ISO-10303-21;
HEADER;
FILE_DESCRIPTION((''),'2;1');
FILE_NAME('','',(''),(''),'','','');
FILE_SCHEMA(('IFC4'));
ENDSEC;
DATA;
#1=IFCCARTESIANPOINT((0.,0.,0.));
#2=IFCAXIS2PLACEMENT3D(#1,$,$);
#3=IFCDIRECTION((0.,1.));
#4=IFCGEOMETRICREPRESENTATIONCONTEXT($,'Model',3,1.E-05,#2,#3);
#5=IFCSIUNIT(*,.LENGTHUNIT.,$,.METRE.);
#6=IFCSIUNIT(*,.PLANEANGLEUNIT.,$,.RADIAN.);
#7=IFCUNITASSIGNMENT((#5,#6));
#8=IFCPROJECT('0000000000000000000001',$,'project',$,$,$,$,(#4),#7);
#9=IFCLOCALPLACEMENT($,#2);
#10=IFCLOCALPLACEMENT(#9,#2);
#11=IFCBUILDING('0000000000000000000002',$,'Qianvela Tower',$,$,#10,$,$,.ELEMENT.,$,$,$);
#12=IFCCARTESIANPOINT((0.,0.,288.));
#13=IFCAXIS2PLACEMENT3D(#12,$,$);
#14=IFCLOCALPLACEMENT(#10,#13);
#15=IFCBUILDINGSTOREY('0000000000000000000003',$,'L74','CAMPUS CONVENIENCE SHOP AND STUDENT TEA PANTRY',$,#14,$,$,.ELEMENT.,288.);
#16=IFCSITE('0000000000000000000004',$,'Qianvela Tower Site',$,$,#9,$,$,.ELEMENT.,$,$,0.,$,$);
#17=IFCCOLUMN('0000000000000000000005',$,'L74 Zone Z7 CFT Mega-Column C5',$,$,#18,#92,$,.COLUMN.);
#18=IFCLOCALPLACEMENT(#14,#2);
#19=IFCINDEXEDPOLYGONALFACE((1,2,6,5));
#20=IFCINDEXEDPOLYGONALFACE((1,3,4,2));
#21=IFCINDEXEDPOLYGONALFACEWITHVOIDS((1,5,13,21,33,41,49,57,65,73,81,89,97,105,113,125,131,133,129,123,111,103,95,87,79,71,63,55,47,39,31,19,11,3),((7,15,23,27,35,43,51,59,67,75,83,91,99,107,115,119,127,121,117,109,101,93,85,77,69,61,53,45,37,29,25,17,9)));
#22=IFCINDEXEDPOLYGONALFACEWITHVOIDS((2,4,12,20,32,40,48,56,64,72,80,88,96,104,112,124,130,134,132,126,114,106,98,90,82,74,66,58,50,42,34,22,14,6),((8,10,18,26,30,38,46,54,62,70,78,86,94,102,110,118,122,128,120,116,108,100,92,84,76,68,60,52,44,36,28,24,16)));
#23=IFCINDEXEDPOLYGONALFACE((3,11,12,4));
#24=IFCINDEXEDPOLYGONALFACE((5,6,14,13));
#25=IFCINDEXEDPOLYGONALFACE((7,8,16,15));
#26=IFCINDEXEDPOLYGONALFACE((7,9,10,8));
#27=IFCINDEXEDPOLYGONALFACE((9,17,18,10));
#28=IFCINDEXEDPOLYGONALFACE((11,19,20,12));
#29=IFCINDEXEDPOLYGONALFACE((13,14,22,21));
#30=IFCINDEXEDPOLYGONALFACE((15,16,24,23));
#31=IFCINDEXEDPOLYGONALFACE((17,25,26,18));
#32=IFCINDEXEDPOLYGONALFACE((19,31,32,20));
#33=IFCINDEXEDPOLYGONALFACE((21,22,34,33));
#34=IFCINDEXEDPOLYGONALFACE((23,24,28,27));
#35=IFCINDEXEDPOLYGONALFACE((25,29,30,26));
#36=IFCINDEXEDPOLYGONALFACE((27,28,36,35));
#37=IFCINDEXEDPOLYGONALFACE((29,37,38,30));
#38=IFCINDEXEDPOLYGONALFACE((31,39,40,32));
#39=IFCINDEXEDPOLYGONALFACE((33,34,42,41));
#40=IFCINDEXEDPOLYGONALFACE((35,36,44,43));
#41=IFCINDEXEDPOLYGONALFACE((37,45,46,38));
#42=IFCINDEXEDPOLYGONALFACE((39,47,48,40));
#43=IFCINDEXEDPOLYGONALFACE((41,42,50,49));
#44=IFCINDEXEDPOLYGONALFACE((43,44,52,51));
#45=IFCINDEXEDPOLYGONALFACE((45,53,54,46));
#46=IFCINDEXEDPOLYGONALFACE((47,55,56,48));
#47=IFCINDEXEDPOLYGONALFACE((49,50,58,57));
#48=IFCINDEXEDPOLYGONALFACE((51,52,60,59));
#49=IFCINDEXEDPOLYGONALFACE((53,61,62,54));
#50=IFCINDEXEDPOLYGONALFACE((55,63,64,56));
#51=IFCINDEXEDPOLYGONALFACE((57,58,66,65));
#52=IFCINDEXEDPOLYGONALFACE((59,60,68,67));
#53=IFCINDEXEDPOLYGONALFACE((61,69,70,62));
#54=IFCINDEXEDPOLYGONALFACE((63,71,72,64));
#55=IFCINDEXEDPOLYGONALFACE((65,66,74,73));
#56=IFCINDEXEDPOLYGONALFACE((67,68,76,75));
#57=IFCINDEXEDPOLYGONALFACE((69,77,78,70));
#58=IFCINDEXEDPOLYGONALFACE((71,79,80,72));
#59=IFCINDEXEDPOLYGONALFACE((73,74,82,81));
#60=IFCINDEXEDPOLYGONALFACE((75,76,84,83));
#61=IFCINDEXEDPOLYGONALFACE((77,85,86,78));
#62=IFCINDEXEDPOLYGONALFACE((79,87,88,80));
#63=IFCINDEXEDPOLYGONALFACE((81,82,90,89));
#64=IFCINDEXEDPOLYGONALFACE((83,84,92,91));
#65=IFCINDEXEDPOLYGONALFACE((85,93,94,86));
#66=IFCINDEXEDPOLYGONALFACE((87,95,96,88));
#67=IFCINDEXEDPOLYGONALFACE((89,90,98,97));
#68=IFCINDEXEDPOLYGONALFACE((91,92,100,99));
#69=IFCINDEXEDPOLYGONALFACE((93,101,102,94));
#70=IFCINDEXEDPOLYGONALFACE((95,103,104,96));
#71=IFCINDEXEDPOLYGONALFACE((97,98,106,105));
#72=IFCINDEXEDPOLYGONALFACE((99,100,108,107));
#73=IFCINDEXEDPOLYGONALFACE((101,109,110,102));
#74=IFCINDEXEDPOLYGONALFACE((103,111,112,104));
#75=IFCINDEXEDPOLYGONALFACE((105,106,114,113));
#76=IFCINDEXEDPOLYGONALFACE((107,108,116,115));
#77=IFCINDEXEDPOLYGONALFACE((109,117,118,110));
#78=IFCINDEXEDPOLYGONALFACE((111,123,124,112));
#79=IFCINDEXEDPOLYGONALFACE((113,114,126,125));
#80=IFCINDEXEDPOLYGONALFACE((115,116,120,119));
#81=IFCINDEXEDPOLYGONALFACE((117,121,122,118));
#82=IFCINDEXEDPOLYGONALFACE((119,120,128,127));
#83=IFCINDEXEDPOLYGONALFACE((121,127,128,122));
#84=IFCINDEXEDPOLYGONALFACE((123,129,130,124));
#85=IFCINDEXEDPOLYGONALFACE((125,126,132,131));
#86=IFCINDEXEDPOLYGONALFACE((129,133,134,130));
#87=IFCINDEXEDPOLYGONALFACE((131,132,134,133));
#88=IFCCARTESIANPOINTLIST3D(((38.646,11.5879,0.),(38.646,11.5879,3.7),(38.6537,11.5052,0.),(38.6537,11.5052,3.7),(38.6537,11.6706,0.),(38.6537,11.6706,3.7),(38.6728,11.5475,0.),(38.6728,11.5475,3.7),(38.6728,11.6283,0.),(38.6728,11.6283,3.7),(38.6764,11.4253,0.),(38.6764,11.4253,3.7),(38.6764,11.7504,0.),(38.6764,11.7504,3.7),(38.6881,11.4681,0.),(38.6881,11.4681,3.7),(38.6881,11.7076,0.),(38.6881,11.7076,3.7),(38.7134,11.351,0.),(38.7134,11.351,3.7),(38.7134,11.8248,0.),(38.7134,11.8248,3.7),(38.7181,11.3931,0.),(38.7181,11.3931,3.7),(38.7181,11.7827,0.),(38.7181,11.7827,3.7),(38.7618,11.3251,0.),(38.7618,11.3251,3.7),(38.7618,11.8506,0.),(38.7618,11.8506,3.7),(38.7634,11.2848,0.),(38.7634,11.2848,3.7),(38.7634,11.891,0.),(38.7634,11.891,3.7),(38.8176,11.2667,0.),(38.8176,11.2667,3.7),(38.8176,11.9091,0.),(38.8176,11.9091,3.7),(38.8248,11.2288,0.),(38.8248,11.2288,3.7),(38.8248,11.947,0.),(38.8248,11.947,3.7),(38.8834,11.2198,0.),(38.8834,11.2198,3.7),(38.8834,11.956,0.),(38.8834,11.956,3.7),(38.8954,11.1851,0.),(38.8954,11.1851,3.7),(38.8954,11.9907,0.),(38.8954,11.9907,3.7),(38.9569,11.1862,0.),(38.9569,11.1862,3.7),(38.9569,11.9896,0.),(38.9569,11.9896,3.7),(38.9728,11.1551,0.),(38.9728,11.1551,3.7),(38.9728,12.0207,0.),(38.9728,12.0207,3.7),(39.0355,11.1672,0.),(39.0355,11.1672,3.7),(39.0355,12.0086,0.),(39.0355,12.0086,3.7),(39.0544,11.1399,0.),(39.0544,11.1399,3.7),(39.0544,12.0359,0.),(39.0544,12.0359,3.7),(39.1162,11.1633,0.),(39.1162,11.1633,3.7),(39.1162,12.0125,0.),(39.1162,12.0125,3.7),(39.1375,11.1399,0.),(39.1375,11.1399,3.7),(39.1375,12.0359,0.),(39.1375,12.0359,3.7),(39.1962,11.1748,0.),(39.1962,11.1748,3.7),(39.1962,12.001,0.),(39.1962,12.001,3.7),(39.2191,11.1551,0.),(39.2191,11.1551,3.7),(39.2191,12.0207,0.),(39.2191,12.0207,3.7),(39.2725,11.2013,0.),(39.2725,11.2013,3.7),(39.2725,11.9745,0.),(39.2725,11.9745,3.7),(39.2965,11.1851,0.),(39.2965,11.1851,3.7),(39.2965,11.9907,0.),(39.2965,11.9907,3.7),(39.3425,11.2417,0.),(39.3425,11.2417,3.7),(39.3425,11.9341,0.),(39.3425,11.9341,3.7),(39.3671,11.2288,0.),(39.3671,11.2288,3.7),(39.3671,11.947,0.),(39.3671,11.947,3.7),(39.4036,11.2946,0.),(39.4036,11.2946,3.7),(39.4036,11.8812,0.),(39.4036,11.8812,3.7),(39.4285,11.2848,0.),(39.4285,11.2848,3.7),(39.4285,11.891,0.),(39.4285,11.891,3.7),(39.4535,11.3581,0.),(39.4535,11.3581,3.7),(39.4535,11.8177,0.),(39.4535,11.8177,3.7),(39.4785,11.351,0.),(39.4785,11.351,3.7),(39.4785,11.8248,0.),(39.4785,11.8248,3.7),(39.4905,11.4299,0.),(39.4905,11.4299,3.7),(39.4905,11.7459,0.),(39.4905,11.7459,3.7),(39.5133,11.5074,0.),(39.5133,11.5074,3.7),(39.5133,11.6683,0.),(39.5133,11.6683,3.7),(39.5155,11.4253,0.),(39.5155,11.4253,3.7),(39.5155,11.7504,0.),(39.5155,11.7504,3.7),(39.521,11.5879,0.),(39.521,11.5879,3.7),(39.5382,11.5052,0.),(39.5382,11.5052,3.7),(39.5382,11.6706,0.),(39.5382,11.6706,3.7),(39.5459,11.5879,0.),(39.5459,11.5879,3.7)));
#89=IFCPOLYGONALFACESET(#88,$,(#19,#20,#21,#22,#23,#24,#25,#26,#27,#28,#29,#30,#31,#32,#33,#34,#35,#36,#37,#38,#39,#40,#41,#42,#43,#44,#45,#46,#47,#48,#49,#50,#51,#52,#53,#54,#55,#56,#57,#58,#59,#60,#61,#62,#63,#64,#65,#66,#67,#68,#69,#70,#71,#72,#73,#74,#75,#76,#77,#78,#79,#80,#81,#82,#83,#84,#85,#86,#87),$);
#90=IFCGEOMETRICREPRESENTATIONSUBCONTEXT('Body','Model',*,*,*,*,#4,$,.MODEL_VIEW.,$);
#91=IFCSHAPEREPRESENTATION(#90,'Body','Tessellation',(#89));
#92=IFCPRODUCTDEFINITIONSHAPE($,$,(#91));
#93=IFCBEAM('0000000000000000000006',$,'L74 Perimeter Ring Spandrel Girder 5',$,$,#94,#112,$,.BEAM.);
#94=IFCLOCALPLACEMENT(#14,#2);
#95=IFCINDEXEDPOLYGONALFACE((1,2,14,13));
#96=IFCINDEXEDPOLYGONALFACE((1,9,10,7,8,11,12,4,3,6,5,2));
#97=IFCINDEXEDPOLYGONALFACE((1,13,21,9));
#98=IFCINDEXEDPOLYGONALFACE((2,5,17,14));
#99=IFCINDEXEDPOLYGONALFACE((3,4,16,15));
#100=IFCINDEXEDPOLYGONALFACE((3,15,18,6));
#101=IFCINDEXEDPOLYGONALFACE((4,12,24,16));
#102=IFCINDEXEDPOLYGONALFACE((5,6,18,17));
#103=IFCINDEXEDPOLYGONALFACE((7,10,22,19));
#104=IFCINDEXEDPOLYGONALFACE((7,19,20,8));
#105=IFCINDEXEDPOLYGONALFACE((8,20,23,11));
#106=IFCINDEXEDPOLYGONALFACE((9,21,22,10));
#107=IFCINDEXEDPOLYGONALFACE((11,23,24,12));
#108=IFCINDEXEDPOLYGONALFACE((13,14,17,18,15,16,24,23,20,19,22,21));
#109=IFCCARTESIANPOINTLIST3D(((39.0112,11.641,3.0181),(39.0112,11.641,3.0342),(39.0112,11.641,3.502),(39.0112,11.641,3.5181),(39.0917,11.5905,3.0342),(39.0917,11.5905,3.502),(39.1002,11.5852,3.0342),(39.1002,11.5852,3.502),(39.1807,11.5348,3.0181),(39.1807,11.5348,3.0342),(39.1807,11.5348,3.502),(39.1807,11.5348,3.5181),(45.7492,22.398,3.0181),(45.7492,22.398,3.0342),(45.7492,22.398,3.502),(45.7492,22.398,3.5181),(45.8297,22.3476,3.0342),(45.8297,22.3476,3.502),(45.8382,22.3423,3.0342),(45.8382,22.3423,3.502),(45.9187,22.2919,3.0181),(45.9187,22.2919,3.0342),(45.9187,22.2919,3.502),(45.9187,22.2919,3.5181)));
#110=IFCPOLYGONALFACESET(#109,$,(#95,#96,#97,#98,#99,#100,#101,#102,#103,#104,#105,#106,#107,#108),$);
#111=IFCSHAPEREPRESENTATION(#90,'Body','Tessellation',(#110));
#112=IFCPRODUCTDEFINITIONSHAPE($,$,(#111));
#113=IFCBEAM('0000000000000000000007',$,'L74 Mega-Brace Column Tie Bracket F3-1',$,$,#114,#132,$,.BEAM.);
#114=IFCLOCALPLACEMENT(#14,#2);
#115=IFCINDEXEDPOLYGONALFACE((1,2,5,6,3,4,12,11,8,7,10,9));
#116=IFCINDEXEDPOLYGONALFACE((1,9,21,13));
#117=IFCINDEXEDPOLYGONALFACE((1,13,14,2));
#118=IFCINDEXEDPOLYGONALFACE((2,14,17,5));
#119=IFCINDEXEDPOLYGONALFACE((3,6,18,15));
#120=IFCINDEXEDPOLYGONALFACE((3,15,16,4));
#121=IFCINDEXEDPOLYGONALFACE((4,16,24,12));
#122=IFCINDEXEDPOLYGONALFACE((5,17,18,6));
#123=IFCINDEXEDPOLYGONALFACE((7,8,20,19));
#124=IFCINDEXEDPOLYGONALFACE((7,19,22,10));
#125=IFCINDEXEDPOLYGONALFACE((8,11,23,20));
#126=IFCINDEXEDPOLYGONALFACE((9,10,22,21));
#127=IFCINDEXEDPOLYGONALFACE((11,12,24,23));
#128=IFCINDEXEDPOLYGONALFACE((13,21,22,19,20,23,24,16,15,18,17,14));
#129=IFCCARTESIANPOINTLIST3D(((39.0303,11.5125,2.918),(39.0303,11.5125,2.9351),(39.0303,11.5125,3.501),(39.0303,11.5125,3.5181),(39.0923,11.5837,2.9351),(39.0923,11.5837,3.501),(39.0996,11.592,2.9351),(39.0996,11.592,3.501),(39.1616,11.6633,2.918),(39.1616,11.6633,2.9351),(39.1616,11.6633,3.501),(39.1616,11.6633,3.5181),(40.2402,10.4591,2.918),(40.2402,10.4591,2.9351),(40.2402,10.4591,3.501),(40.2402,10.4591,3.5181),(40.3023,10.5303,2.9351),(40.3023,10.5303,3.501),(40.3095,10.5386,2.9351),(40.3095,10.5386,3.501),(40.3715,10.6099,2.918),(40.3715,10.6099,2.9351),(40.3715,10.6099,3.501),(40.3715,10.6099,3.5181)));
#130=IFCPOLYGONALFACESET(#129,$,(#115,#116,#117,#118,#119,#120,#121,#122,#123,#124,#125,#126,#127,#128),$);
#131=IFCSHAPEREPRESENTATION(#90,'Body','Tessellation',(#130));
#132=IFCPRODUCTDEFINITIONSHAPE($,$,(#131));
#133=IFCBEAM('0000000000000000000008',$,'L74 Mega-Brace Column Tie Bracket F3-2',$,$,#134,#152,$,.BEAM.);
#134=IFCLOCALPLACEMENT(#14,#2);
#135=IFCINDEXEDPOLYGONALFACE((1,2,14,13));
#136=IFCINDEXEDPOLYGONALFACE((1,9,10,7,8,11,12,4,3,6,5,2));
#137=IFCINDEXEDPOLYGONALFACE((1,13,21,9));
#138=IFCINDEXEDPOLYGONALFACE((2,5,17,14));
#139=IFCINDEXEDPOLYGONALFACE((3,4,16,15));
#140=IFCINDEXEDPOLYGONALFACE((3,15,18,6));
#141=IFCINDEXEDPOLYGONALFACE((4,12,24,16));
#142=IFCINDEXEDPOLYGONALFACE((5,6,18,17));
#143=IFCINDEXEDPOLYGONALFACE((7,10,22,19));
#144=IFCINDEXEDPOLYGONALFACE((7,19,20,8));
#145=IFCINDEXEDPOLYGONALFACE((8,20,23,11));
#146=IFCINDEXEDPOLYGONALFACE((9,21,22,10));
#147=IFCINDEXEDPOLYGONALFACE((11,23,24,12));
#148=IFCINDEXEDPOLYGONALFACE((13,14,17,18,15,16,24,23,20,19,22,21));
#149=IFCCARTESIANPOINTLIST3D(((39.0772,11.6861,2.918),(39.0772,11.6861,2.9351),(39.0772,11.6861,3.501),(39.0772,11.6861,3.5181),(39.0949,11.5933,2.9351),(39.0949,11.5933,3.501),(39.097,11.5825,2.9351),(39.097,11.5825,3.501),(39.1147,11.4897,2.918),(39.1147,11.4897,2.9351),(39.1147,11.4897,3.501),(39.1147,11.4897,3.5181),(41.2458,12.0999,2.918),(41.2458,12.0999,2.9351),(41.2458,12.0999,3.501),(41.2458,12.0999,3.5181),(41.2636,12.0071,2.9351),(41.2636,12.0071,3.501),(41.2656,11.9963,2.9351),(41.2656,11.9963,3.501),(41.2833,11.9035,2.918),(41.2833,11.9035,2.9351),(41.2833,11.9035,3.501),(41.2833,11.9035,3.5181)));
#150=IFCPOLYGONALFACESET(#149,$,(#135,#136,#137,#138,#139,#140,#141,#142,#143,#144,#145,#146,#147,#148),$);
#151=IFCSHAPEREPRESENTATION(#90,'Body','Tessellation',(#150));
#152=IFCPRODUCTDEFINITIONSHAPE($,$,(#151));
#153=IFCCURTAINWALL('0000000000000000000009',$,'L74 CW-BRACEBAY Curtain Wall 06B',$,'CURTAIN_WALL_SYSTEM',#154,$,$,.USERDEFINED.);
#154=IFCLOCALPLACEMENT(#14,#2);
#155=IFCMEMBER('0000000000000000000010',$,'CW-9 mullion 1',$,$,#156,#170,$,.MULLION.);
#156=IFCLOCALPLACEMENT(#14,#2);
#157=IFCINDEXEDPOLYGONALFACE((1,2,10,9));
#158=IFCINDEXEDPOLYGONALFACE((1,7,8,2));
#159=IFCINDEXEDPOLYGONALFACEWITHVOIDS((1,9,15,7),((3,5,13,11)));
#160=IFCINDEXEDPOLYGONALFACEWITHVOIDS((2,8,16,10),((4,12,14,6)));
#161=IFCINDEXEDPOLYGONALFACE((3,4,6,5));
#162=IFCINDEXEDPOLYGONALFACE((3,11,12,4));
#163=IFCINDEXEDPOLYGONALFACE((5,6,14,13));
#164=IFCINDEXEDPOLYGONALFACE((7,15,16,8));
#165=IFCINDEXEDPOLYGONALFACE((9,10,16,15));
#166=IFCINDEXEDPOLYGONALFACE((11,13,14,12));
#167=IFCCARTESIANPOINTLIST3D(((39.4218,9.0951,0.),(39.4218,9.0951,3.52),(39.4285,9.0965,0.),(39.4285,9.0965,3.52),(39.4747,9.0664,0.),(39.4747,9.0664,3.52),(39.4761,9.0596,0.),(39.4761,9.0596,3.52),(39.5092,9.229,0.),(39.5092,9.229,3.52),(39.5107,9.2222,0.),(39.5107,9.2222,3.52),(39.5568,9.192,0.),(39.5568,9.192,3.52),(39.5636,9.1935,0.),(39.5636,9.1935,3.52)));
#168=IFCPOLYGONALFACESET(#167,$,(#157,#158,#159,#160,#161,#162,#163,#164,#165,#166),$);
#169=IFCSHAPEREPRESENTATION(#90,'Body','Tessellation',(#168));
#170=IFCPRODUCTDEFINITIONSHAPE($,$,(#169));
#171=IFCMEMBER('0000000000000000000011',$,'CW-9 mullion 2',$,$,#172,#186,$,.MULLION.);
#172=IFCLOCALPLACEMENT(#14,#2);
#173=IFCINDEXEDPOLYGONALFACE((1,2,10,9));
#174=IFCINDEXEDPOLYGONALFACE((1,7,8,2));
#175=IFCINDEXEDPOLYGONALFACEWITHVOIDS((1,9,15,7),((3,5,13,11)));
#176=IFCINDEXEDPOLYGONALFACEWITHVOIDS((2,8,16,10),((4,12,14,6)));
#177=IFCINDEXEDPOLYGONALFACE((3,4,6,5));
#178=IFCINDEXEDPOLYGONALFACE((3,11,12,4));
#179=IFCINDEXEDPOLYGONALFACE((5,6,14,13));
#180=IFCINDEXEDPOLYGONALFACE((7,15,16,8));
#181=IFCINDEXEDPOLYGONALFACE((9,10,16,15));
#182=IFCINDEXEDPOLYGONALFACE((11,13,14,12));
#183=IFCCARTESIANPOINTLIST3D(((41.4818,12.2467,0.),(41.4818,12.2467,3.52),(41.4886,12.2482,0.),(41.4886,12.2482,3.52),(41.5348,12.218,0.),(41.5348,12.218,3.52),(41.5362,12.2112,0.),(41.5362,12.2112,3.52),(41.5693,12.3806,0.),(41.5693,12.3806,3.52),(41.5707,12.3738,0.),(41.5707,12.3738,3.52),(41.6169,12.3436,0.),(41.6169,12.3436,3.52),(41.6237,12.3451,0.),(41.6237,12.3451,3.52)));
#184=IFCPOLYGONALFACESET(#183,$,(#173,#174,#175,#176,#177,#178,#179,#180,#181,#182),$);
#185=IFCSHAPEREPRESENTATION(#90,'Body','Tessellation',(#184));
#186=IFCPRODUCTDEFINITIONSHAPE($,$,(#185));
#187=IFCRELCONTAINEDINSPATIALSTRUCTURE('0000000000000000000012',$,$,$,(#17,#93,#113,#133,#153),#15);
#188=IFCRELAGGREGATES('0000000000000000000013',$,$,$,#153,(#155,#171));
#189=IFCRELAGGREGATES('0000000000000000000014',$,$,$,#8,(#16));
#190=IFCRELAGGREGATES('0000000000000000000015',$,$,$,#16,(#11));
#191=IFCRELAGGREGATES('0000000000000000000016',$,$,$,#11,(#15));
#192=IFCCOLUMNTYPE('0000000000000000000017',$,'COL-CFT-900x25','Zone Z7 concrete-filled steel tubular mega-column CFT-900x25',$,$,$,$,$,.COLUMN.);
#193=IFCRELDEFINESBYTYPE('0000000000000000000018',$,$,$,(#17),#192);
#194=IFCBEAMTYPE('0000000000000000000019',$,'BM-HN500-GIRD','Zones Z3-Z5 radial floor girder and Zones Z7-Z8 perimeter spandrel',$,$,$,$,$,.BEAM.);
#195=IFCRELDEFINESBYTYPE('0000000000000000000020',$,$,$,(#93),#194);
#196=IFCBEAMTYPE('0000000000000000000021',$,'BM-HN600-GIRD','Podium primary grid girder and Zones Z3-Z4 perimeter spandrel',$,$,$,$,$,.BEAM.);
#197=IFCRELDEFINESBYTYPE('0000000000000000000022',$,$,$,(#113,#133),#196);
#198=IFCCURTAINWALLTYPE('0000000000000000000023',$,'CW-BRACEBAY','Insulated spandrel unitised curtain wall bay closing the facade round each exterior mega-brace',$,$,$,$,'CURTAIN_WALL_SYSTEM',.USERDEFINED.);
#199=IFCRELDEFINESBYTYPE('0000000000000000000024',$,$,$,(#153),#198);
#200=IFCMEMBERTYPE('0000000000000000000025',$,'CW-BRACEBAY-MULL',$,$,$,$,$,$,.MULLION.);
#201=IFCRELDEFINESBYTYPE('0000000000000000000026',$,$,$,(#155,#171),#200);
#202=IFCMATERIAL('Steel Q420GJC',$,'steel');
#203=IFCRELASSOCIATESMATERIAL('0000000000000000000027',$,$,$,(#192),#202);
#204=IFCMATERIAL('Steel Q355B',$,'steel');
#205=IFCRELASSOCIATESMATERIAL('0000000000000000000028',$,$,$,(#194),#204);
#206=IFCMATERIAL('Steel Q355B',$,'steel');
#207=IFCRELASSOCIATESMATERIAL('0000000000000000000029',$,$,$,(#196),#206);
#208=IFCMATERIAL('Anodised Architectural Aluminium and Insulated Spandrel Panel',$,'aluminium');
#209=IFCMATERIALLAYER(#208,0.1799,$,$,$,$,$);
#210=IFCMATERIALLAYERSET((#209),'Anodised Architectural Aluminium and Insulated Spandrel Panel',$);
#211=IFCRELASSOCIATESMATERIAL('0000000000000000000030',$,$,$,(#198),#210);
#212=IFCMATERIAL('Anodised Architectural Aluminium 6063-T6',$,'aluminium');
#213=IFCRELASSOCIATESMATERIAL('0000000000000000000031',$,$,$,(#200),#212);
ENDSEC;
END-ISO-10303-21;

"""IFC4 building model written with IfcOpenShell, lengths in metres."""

from ifc_helpers import new_model, si_unit, direction, frame, origin, origin_2d, place, context, subcontext, project, spatial, hollow_rectangle, hollow_circle, i_section, extrude, material, layer, layer_set, material_profile, profile_set, type_object, element, aggregate, save


model = new_model("IFC4")

# Units and contexts
model_context = context("Model", 3, precision=1e-05, world=origin(), true_north=direction((0.0, 1.0)))
body_context = subcontext(model_context, "Body", "Model", "MODEL_VIEW")
ifc_project = project(units=[si_unit("LENGTHUNIT", "METRE"), si_unit("PLANEANGLEUNIT", "RADIAN")], contexts=[model_context])

# Site, building, storey
site_placement = place(None, origin())
site = spatial("IfcSite", under=ifc_project, at=site_placement, Name="Qianvela Tower Site", CompositionType="ELEMENT", RefElevation=0.0)
building_placement = place(site_placement, origin())
building = spatial("IfcBuilding", under=site, at=building_placement, Name="Qianvela Tower", CompositionType="ELEMENT")
storey_placement = place(building_placement, frame((0.0, 0.0, 288.0)))
storey = spatial("IfcBuildingStorey", under=building, at=storey_placement, Name="L74", Description="CAMPUS CONVENIENCE SHOP AND STUDENT TEA PANTRY", CompositionType="ELEMENT", Elevation=288.0)

# Column
ifc_material_1 = material(Name="Steel Q420GJC", Category="steel")
ifc_material_profile_1 = material_profile(ifc_material_1, hollow_circle(Radius=0.45, WallThickness=0.0249, at=origin_2d()), Name="CFT-900x25")
ifc_profile_set_1 = profile_set([ifc_material_profile_1], Name="Steel Q420GJC")
column_type = type_object("IfcColumnType", Name="COL-CFT-900x25", Description="Zone Z7 concrete-filled steel tubular mega-column CFT-900x25", PredefinedType="COLUMN", material=ifc_profile_set_1)
column_placement = place(storey_placement, frame((39.0959, 11.5879, 0.0), z_axis=(0.0, 0.0, 1.0), x_axis=(1.0, 0.0, 0.0)))
element("IfcColumn", 1, at=column_placement, inside=storey, type_object=column_type, Name="L74 Zone Z7 CFT Mega-Column C5", PredefinedType="COLUMN", context=body_context, shape_type="SweptSolid", body=[
    extrude(hollow_circle(Radius=0.45, WallThickness=0.0249, at=origin_2d()), origin(), (0.0, 0.0, 1.0), 3.7),
])

# Beams
ifc_material_2 = material(Name="Steel Q355B", Category="steel")
ifc_material_profile_2 = material_profile(ifc_material_2, i_section(OverallWidth=0.2, OverallDepth=0.5, WebThickness=0.01, FlangeThickness=0.0161, at=origin_2d()), Name="HN500x200x10x16")
ifc_profile_set_2 = profile_set([ifc_material_profile_2], Name="Steel Q355B")
beam_type_1 = type_object("IfcBeamType", Name="BM-HN500-GIRD", Description="Zones Z3-Z5 radial floor girder and Zones Z7-Z8 perimeter spandrel", PredefinedType="BEAM", material=ifc_profile_set_2)
beam_1_placement = place(storey_placement, frame((39.0959, 11.5879, 3.2681), z_axis=(0.530841, 0.847472, 0.0), x_axis=(-0.847472, 0.530841, 0.0)))
element("IfcBeam", 2, at=beam_1_placement, inside=storey, type_object=beam_type_1, Name="L74 Perimeter Ring Spandrel Girder 5", PredefinedType="BEAM", context=body_context, shape_type="SweptSolid", body=[
    extrude(i_section(OverallWidth=0.2, OverallDepth=0.5, WebThickness=0.01, FlangeThickness=0.0161, at=origin_2d()), origin(), (0.0, 0.0, 1.0), 12.6931),
])
ifc_material_3 = material(Name="Steel Q355B", Category="steel")
ifc_material_profile_3 = material_profile(ifc_material_3, i_section(OverallWidth=0.2, OverallDepth=0.6001, WebThickness=0.011, FlangeThickness=0.0171, at=origin_2d()), Name="HN600x200x11x17")
ifc_profile_set_3 = profile_set([ifc_material_profile_3], Name="Steel Q355B")
beam_type_2 = type_object("IfcBeamType", Name="BM-HN600-GIRD", Description="Podium primary grid girder and Zones Z3-Z4 perimeter spandrel", PredefinedType="BEAM", material=ifc_profile_set_3)
beam_2_placement = place(storey_placement, frame((39.0959, 11.5879, 3.218), z_axis=(0.754196, -0.65665, 0.0), x_axis=(0.65665, 0.754196, 0.0)))
element("IfcBeam", 3, at=beam_2_placement, inside=storey, type_object=beam_type_2, Name="L74 Mega-Brace Column Tie Bracket F3-1", PredefinedType="BEAM", context=body_context, shape_type="SweptSolid", body=[
    extrude(i_section(OverallWidth=0.2, OverallDepth=0.6001, WebThickness=0.011, FlangeThickness=0.0171, at=origin_2d()), origin(), (0.0, 0.0, 1.0), 1.6042),
])
beam_3_placement = place(storey_placement, frame((39.0959, 11.5879, 3.218), z_axis=(0.982278, 0.187432, 0.0), x_axis=(-0.187432, 0.982278, 0.0)))
element("IfcBeam", 4, at=beam_3_placement, inside=storey, type_object=beam_type_2, Name="L74 Mega-Brace Column Tie Bracket F3-2", PredefinedType="BEAM", context=body_context, shape_type="SweptSolid", body=[
    extrude(i_section(OverallWidth=0.2, OverallDepth=0.6001, WebThickness=0.011, FlangeThickness=0.0171, at=origin_2d()), origin(), (0.0, 0.0, 1.0), 2.2078),
])

# Curtain wall, members
ifc_material_4 = material(Name="Anodised Architectural Aluminium and Insulated Spandrel Panel", Category="aluminium")
ifc_layer_1 = layer(ifc_material_4, 0.1799)
ifc_layer_set_1 = layer_set([ifc_layer_1], Name="Anodised Architectural Aluminium and Insulated Spandrel Panel")
curtain_wall_type_1 = type_object("IfcCurtainWallType", Name="CW-BRACEBAY", Description="Insulated spandrel unitised curtain wall bay closing the facade round each exterior mega-brace", ElementType="CURTAIN_WALL_SYSTEM", PredefinedType="USERDEFINED", material=ifc_layer_set_1)
curtain_wall_1_placement = place(storey_placement, origin())
curtain_wall_1 = element("IfcCurtainWall", 5, at=curtain_wall_1_placement, inside=storey, type_object=curtain_wall_type_1, Name="L74 CW-BRACEBAY Curtain Wall 06B", ObjectType="CURTAIN_WALL_SYSTEM", PredefinedType="USERDEFINED")
ifc_material_5 = material(Name="Anodised Architectural Aluminium 6063-T6", Category="aluminium")
ifc_material_profile_4 = material_profile(ifc_material_5, hollow_rectangle(XDim=0.0649, YDim=0.1599, WallThickness=0.0049, at=origin_2d()), Name="ALU-MULL-65x160")
ifc_profile_set_4 = profile_set([ifc_material_profile_4], Name="Anodised Architectural Aluminium 6063-T6")
member_type_1 = type_object("IfcMemberType", Name="CW-BRACEBAY-MULL", PredefinedType="MULLION", material=ifc_profile_set_4)
member_1_placement = place(storey_placement, frame((39.4927, 9.1443, 0.0), z_axis=(0.0, 0.0, 1.0), x_axis=(-0.837069, 0.547097, 0.0)))
member_1 = element("IfcMember", 6, at=member_1_placement, type_object=member_type_1, Name="CW-9 mullion 1", PredefinedType="MULLION", context=body_context, shape_type="SweptSolid", body=[
    extrude(hollow_rectangle(XDim=0.0649, YDim=0.1599, WallThickness=0.0049, at=origin_2d()), origin(), (0.0, 0.0, 1.0), 3.52),
])
member_2_placement = place(storey_placement, frame((41.5527, 12.2959, 0.0), z_axis=(0.0, 0.0, 1.0), x_axis=(-0.837069, 0.547097, 0.0)))
member_2 = element("IfcMember", 7, at=member_2_placement, type_object=member_type_1, Name="CW-9 mullion 2", PredefinedType="MULLION", context=body_context, shape_type="SweptSolid", body=[
    extrude(hollow_rectangle(XDim=0.0649, YDim=0.1599, WallThickness=0.0049, at=origin_2d()), origin(), (0.0, 0.0, 1.0), 3.52),
])

aggregate(curtain_wall_1, [member_1, member_2])

save(model, "model.ifc")
